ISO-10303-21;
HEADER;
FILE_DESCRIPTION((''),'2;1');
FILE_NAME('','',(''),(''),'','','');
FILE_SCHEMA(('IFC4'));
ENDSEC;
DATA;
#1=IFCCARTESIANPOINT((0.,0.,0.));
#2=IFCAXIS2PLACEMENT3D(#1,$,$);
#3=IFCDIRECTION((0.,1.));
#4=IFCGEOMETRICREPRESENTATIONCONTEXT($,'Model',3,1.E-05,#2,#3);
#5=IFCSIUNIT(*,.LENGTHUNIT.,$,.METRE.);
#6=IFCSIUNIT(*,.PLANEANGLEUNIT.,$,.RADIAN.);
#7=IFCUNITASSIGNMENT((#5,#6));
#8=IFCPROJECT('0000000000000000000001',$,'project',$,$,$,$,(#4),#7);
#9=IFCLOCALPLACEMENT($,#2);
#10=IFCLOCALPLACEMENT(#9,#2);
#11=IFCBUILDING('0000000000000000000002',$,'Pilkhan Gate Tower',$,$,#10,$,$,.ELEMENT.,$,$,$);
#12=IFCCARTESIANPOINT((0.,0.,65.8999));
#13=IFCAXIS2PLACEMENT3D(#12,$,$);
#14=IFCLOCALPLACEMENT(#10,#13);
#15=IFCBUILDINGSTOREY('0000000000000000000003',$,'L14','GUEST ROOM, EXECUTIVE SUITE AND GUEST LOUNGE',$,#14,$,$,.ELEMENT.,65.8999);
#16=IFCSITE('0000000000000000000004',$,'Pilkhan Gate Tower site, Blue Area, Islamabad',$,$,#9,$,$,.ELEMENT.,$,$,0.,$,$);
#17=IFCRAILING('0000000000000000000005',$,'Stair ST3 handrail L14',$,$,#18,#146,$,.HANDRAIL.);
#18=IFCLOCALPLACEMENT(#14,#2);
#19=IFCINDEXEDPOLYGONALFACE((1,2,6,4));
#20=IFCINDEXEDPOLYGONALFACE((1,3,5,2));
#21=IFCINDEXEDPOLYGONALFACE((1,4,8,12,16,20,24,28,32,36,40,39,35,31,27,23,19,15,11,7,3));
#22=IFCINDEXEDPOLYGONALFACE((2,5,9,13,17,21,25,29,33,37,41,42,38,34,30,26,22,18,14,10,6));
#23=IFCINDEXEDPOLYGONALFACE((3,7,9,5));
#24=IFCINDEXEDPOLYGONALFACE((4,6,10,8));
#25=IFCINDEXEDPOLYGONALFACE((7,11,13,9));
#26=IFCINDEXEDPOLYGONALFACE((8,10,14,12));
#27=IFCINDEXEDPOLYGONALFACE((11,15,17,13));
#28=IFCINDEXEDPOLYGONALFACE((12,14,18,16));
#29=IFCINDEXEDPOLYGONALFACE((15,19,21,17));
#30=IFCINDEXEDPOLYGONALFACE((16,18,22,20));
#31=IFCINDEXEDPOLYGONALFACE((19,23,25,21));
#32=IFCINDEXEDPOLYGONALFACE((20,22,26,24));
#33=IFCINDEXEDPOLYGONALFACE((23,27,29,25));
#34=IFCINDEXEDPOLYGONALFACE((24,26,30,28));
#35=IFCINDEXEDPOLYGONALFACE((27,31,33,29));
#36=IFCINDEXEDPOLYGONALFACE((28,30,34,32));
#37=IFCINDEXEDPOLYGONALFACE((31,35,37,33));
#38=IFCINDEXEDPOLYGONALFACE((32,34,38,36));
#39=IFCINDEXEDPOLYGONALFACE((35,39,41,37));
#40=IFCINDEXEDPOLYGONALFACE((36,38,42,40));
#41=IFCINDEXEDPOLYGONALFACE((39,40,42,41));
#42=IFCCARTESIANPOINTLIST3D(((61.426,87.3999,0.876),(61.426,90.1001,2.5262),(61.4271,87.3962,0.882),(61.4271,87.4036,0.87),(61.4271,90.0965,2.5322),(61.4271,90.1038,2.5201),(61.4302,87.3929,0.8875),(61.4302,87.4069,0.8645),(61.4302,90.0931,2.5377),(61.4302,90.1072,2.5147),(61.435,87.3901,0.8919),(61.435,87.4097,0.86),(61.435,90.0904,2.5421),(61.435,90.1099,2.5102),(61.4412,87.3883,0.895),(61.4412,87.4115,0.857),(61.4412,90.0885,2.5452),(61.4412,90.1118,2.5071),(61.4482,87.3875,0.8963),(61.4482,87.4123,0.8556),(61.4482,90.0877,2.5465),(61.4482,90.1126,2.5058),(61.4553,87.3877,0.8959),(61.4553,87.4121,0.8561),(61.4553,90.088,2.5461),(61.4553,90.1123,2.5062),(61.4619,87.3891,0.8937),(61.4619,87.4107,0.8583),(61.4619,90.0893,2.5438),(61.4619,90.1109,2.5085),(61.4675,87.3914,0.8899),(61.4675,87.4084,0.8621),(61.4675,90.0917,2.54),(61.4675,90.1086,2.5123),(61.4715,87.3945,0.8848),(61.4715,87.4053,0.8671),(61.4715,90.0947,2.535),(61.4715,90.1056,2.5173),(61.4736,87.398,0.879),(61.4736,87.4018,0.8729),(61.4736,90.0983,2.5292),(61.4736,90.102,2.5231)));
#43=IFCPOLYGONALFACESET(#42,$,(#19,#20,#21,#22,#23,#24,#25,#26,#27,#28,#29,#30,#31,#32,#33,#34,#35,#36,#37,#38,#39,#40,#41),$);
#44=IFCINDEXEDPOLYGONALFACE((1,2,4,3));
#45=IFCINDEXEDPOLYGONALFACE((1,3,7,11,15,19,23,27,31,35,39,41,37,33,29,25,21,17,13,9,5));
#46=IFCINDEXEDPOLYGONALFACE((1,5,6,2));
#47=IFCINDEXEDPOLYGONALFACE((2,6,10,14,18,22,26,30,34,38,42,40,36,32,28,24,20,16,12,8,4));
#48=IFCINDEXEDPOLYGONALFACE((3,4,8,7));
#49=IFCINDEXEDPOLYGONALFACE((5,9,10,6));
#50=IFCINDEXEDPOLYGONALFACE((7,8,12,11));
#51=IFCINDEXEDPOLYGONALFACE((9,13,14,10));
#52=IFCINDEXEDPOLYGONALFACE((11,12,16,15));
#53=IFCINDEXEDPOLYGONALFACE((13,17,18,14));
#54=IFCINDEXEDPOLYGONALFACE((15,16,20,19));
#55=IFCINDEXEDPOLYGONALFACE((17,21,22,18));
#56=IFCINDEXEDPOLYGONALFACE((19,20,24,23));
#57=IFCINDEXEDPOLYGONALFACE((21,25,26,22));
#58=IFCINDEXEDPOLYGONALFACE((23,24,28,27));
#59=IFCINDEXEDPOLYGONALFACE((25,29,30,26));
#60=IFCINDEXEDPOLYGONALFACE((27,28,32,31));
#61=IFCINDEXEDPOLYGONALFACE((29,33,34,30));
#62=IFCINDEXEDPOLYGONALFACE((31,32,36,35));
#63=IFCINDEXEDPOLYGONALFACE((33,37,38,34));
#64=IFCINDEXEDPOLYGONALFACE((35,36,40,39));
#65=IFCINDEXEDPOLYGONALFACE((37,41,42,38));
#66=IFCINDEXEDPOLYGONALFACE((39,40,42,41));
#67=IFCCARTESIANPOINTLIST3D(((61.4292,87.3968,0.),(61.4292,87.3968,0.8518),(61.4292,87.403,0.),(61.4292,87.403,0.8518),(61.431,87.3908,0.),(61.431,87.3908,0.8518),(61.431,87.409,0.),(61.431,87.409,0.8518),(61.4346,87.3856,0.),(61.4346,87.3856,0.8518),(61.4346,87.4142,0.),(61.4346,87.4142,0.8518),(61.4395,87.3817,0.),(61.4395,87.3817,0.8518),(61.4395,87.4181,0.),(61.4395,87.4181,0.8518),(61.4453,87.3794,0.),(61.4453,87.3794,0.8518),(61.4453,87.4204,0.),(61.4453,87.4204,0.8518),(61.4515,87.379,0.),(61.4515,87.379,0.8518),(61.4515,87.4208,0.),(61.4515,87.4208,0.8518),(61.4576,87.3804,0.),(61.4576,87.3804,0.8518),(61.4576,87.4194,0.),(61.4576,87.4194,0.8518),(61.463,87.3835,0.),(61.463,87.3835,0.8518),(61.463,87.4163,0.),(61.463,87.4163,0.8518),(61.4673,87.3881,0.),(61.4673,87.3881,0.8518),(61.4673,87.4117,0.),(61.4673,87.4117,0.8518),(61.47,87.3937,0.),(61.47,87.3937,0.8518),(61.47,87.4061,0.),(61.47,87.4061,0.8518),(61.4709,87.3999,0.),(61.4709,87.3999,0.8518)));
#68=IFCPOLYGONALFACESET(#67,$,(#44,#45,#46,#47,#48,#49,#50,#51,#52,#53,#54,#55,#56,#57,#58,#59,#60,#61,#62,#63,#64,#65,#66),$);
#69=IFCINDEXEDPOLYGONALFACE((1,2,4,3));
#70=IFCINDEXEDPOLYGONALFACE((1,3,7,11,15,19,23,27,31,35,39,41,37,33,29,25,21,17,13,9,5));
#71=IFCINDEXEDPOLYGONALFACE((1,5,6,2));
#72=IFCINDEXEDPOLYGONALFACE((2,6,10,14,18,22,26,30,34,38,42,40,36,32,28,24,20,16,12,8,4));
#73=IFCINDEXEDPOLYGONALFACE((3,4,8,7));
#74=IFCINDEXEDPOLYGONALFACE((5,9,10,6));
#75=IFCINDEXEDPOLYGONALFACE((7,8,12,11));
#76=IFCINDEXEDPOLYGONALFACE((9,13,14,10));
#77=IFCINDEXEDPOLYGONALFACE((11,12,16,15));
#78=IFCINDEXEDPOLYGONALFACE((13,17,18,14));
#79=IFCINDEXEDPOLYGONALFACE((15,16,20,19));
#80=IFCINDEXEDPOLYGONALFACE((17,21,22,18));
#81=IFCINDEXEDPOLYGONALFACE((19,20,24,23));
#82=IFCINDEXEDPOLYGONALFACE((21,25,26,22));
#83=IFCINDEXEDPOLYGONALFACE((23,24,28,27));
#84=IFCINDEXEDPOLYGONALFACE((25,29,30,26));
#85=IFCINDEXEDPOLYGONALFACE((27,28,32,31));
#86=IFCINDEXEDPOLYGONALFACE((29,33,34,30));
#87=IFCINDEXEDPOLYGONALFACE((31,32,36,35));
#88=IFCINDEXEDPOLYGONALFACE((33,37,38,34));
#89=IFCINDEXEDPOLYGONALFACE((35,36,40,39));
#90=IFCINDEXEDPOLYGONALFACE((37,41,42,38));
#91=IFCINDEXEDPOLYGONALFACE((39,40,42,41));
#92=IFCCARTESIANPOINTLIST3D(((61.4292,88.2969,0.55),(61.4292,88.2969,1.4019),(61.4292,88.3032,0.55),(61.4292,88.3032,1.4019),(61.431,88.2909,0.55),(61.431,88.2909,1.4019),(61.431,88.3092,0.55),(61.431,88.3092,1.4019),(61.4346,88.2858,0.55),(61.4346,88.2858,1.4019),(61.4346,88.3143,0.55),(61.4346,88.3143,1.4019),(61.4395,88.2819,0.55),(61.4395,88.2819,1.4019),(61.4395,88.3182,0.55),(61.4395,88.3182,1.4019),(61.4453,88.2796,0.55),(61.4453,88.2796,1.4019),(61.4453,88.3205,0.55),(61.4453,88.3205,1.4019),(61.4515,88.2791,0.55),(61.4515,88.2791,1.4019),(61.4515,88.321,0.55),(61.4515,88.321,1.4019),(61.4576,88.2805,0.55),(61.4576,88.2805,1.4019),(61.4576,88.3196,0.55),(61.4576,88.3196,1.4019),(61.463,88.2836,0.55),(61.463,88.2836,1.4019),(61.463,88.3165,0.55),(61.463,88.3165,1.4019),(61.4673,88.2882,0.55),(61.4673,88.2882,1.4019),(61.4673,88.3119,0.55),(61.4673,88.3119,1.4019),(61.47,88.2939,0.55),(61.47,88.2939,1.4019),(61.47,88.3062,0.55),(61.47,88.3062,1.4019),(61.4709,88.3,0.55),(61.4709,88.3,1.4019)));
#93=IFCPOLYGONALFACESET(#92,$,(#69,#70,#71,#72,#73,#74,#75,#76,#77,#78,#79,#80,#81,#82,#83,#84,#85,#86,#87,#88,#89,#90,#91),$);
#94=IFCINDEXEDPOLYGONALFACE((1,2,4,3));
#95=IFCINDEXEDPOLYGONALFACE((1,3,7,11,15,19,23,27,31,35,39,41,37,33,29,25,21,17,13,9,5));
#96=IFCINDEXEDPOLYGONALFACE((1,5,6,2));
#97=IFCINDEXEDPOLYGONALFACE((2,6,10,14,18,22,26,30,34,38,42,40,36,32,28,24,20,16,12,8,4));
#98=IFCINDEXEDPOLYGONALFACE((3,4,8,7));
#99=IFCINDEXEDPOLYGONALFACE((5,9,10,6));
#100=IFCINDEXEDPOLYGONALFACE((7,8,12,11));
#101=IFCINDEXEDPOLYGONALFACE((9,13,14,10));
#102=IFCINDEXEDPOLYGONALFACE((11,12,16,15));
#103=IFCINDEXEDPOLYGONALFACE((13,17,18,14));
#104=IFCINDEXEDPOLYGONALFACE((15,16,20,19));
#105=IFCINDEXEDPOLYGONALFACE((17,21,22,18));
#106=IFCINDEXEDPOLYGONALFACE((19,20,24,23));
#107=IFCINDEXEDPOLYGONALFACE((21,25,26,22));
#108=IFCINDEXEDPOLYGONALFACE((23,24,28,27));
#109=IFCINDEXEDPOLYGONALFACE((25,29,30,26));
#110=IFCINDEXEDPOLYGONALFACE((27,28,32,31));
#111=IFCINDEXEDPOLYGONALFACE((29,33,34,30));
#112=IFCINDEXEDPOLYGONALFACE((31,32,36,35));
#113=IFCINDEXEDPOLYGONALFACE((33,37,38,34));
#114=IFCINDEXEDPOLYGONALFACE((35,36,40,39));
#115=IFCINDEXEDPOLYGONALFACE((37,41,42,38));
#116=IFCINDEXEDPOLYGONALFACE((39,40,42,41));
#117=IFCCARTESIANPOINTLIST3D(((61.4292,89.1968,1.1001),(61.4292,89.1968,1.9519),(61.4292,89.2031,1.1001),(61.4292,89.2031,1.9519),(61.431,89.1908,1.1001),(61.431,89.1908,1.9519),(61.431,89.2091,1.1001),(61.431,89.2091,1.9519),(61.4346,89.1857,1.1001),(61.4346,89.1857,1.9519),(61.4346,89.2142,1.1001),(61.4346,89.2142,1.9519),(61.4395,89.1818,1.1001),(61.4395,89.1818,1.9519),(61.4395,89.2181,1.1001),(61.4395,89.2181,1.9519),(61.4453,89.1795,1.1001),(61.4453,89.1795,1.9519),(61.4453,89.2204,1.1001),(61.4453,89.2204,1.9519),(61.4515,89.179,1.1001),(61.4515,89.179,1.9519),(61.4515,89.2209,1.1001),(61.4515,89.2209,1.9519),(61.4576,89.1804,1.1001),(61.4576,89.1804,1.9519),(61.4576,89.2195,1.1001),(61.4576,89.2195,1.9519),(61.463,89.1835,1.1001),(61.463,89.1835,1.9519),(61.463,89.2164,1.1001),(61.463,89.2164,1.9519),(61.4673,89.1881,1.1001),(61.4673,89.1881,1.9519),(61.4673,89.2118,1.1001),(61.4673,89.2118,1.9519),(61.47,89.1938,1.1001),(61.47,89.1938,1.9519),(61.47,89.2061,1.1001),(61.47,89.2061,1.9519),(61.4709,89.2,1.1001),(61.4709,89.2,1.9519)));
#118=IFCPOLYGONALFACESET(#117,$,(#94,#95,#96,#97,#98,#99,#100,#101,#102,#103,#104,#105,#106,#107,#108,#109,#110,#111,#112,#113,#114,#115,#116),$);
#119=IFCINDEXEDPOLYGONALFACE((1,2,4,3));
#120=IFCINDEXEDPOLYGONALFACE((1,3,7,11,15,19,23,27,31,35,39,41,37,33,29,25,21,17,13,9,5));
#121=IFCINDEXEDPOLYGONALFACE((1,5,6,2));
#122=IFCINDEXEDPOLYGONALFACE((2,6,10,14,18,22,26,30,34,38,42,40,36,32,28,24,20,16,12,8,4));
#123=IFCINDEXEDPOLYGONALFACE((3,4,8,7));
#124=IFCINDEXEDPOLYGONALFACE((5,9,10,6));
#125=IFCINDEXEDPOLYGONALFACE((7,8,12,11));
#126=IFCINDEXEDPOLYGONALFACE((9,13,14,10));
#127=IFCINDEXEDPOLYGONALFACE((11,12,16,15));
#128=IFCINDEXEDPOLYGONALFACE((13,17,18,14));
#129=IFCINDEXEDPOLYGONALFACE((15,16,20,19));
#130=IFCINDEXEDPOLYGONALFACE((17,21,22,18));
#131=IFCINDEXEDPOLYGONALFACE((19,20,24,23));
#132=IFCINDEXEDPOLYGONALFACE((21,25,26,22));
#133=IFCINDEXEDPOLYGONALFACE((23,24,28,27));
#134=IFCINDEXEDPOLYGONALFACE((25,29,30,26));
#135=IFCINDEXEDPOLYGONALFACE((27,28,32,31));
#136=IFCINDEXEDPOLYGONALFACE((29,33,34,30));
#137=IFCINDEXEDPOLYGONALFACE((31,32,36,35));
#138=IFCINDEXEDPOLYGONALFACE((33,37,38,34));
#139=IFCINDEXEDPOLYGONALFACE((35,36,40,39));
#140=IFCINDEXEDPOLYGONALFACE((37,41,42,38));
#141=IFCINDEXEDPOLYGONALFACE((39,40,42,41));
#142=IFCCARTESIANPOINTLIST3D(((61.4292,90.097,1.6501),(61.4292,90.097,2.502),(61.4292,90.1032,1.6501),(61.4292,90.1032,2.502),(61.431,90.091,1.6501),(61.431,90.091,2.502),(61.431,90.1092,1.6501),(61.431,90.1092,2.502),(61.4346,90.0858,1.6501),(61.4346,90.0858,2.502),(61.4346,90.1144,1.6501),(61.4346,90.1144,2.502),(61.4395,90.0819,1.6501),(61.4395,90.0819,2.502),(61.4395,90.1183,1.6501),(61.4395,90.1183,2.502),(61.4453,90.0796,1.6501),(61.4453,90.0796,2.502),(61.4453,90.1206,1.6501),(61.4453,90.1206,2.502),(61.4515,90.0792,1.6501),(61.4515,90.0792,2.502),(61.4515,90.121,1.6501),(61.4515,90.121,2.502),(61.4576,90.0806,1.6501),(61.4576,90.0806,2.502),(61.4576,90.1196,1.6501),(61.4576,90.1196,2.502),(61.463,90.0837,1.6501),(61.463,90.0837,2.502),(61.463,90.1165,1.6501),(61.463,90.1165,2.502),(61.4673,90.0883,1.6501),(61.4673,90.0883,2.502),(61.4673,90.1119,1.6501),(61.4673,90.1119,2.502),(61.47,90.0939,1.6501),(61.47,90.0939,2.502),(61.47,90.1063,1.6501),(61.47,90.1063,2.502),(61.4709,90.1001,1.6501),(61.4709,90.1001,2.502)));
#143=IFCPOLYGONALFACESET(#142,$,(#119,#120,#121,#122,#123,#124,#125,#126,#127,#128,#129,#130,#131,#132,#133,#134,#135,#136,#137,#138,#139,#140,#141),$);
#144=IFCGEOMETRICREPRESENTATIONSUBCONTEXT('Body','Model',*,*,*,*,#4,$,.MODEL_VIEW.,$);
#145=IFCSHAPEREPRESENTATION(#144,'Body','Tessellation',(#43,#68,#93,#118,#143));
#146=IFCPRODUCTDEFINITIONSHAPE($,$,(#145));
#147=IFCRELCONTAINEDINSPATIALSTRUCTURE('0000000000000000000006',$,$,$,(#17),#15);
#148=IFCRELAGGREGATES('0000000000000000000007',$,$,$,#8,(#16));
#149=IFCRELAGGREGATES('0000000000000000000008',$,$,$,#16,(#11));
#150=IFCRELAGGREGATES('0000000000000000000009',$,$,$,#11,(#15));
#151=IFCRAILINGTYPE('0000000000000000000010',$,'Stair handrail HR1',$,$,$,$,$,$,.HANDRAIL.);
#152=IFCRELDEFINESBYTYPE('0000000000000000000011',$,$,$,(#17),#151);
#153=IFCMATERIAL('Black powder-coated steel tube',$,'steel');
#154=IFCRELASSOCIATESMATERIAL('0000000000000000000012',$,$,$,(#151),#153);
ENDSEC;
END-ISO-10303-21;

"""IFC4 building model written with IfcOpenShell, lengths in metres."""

from ifc_helpers import new_model, si_unit, direction, frame, origin, origin_2d, place, context, subcontext, project, spatial, circle, extrude, material, type_object, element, save


model = new_model("IFC4")

# Units and contexts
model_context = context("Model", 3, precision=1e-05, world=origin(), true_north=direction((0.0, 1.0)))
body_context = subcontext(model_context, "Body", "Model", "MODEL_VIEW")
ifc_project = project(units=[si_unit("LENGTHUNIT", "METRE"), si_unit("PLANEANGLEUNIT", "RADIAN")], contexts=[model_context])

# Site, building, storey
site_placement = place(None, origin())
site = spatial("IfcSite", under=ifc_project, at=site_placement, Name="Pilkhan Gate Tower site, Blue Area, Islamabad", CompositionType="ELEMENT", RefElevation=0.0)
building_placement = place(site_placement, origin())
building = spatial("IfcBuilding", under=site, at=building_placement, Name="Pilkhan Gate Tower", CompositionType="ELEMENT")
storey_placement = place(building_placement, frame((0.0, 0.0, 65.8999)))
storey = spatial("IfcBuildingStorey", under=building, at=storey_placement, Name="L14", Description="GUEST ROOM, EXECUTIVE SUITE AND GUEST LOUNGE", CompositionType="ELEMENT", Elevation=65.8999)

# Railing
ifc_material_1 = material(Name="Black powder-coated steel tube", Category="steel")
railing_type_1 = type_object("IfcRailingType", Name="Stair handrail HR1", PredefinedType="HANDRAIL", material=ifc_material_1)
railing_1_placement = place(storey_placement, frame((61.45, 87.3999, 0.0)))
element("IfcRailing", 1, at=railing_1_placement, inside=storey, type_object=railing_type_1, Name="Stair ST3 handrail L14", PredefinedType="HANDRAIL", context=body_context, shape_type="SweptSolid", body=[
    extrude(circle(Radius=0.0239, at=origin_2d()), frame((0.0, 0.0, 0.876), z_axis=(0.0, 0.853278, 0.521456), x_axis=(-1.0, 0.0, 0.0)), (0.0, 0.0, 1.0), 3.1646),
    extrude(circle(Radius=0.021, at=origin_2d()), origin(), (0.0, 0.0, 1.0), 0.8518),
    extrude(circle(Radius=0.021, at=origin_2d()), frame((0.0, 0.9001, 0.55)), (0.0, 0.0, 1.0), 0.8518),
    extrude(circle(Radius=0.021, at=origin_2d()), frame((0.0, 1.8, 1.1001)), (0.0, 0.0, 1.0), 0.8518),
    extrude(circle(Radius=0.021, at=origin_2d()), frame((0.0, 2.7002, 1.6501)), (0.0, 0.0, 1.0), 0.8518),
])

save(model, "model.ifc")
